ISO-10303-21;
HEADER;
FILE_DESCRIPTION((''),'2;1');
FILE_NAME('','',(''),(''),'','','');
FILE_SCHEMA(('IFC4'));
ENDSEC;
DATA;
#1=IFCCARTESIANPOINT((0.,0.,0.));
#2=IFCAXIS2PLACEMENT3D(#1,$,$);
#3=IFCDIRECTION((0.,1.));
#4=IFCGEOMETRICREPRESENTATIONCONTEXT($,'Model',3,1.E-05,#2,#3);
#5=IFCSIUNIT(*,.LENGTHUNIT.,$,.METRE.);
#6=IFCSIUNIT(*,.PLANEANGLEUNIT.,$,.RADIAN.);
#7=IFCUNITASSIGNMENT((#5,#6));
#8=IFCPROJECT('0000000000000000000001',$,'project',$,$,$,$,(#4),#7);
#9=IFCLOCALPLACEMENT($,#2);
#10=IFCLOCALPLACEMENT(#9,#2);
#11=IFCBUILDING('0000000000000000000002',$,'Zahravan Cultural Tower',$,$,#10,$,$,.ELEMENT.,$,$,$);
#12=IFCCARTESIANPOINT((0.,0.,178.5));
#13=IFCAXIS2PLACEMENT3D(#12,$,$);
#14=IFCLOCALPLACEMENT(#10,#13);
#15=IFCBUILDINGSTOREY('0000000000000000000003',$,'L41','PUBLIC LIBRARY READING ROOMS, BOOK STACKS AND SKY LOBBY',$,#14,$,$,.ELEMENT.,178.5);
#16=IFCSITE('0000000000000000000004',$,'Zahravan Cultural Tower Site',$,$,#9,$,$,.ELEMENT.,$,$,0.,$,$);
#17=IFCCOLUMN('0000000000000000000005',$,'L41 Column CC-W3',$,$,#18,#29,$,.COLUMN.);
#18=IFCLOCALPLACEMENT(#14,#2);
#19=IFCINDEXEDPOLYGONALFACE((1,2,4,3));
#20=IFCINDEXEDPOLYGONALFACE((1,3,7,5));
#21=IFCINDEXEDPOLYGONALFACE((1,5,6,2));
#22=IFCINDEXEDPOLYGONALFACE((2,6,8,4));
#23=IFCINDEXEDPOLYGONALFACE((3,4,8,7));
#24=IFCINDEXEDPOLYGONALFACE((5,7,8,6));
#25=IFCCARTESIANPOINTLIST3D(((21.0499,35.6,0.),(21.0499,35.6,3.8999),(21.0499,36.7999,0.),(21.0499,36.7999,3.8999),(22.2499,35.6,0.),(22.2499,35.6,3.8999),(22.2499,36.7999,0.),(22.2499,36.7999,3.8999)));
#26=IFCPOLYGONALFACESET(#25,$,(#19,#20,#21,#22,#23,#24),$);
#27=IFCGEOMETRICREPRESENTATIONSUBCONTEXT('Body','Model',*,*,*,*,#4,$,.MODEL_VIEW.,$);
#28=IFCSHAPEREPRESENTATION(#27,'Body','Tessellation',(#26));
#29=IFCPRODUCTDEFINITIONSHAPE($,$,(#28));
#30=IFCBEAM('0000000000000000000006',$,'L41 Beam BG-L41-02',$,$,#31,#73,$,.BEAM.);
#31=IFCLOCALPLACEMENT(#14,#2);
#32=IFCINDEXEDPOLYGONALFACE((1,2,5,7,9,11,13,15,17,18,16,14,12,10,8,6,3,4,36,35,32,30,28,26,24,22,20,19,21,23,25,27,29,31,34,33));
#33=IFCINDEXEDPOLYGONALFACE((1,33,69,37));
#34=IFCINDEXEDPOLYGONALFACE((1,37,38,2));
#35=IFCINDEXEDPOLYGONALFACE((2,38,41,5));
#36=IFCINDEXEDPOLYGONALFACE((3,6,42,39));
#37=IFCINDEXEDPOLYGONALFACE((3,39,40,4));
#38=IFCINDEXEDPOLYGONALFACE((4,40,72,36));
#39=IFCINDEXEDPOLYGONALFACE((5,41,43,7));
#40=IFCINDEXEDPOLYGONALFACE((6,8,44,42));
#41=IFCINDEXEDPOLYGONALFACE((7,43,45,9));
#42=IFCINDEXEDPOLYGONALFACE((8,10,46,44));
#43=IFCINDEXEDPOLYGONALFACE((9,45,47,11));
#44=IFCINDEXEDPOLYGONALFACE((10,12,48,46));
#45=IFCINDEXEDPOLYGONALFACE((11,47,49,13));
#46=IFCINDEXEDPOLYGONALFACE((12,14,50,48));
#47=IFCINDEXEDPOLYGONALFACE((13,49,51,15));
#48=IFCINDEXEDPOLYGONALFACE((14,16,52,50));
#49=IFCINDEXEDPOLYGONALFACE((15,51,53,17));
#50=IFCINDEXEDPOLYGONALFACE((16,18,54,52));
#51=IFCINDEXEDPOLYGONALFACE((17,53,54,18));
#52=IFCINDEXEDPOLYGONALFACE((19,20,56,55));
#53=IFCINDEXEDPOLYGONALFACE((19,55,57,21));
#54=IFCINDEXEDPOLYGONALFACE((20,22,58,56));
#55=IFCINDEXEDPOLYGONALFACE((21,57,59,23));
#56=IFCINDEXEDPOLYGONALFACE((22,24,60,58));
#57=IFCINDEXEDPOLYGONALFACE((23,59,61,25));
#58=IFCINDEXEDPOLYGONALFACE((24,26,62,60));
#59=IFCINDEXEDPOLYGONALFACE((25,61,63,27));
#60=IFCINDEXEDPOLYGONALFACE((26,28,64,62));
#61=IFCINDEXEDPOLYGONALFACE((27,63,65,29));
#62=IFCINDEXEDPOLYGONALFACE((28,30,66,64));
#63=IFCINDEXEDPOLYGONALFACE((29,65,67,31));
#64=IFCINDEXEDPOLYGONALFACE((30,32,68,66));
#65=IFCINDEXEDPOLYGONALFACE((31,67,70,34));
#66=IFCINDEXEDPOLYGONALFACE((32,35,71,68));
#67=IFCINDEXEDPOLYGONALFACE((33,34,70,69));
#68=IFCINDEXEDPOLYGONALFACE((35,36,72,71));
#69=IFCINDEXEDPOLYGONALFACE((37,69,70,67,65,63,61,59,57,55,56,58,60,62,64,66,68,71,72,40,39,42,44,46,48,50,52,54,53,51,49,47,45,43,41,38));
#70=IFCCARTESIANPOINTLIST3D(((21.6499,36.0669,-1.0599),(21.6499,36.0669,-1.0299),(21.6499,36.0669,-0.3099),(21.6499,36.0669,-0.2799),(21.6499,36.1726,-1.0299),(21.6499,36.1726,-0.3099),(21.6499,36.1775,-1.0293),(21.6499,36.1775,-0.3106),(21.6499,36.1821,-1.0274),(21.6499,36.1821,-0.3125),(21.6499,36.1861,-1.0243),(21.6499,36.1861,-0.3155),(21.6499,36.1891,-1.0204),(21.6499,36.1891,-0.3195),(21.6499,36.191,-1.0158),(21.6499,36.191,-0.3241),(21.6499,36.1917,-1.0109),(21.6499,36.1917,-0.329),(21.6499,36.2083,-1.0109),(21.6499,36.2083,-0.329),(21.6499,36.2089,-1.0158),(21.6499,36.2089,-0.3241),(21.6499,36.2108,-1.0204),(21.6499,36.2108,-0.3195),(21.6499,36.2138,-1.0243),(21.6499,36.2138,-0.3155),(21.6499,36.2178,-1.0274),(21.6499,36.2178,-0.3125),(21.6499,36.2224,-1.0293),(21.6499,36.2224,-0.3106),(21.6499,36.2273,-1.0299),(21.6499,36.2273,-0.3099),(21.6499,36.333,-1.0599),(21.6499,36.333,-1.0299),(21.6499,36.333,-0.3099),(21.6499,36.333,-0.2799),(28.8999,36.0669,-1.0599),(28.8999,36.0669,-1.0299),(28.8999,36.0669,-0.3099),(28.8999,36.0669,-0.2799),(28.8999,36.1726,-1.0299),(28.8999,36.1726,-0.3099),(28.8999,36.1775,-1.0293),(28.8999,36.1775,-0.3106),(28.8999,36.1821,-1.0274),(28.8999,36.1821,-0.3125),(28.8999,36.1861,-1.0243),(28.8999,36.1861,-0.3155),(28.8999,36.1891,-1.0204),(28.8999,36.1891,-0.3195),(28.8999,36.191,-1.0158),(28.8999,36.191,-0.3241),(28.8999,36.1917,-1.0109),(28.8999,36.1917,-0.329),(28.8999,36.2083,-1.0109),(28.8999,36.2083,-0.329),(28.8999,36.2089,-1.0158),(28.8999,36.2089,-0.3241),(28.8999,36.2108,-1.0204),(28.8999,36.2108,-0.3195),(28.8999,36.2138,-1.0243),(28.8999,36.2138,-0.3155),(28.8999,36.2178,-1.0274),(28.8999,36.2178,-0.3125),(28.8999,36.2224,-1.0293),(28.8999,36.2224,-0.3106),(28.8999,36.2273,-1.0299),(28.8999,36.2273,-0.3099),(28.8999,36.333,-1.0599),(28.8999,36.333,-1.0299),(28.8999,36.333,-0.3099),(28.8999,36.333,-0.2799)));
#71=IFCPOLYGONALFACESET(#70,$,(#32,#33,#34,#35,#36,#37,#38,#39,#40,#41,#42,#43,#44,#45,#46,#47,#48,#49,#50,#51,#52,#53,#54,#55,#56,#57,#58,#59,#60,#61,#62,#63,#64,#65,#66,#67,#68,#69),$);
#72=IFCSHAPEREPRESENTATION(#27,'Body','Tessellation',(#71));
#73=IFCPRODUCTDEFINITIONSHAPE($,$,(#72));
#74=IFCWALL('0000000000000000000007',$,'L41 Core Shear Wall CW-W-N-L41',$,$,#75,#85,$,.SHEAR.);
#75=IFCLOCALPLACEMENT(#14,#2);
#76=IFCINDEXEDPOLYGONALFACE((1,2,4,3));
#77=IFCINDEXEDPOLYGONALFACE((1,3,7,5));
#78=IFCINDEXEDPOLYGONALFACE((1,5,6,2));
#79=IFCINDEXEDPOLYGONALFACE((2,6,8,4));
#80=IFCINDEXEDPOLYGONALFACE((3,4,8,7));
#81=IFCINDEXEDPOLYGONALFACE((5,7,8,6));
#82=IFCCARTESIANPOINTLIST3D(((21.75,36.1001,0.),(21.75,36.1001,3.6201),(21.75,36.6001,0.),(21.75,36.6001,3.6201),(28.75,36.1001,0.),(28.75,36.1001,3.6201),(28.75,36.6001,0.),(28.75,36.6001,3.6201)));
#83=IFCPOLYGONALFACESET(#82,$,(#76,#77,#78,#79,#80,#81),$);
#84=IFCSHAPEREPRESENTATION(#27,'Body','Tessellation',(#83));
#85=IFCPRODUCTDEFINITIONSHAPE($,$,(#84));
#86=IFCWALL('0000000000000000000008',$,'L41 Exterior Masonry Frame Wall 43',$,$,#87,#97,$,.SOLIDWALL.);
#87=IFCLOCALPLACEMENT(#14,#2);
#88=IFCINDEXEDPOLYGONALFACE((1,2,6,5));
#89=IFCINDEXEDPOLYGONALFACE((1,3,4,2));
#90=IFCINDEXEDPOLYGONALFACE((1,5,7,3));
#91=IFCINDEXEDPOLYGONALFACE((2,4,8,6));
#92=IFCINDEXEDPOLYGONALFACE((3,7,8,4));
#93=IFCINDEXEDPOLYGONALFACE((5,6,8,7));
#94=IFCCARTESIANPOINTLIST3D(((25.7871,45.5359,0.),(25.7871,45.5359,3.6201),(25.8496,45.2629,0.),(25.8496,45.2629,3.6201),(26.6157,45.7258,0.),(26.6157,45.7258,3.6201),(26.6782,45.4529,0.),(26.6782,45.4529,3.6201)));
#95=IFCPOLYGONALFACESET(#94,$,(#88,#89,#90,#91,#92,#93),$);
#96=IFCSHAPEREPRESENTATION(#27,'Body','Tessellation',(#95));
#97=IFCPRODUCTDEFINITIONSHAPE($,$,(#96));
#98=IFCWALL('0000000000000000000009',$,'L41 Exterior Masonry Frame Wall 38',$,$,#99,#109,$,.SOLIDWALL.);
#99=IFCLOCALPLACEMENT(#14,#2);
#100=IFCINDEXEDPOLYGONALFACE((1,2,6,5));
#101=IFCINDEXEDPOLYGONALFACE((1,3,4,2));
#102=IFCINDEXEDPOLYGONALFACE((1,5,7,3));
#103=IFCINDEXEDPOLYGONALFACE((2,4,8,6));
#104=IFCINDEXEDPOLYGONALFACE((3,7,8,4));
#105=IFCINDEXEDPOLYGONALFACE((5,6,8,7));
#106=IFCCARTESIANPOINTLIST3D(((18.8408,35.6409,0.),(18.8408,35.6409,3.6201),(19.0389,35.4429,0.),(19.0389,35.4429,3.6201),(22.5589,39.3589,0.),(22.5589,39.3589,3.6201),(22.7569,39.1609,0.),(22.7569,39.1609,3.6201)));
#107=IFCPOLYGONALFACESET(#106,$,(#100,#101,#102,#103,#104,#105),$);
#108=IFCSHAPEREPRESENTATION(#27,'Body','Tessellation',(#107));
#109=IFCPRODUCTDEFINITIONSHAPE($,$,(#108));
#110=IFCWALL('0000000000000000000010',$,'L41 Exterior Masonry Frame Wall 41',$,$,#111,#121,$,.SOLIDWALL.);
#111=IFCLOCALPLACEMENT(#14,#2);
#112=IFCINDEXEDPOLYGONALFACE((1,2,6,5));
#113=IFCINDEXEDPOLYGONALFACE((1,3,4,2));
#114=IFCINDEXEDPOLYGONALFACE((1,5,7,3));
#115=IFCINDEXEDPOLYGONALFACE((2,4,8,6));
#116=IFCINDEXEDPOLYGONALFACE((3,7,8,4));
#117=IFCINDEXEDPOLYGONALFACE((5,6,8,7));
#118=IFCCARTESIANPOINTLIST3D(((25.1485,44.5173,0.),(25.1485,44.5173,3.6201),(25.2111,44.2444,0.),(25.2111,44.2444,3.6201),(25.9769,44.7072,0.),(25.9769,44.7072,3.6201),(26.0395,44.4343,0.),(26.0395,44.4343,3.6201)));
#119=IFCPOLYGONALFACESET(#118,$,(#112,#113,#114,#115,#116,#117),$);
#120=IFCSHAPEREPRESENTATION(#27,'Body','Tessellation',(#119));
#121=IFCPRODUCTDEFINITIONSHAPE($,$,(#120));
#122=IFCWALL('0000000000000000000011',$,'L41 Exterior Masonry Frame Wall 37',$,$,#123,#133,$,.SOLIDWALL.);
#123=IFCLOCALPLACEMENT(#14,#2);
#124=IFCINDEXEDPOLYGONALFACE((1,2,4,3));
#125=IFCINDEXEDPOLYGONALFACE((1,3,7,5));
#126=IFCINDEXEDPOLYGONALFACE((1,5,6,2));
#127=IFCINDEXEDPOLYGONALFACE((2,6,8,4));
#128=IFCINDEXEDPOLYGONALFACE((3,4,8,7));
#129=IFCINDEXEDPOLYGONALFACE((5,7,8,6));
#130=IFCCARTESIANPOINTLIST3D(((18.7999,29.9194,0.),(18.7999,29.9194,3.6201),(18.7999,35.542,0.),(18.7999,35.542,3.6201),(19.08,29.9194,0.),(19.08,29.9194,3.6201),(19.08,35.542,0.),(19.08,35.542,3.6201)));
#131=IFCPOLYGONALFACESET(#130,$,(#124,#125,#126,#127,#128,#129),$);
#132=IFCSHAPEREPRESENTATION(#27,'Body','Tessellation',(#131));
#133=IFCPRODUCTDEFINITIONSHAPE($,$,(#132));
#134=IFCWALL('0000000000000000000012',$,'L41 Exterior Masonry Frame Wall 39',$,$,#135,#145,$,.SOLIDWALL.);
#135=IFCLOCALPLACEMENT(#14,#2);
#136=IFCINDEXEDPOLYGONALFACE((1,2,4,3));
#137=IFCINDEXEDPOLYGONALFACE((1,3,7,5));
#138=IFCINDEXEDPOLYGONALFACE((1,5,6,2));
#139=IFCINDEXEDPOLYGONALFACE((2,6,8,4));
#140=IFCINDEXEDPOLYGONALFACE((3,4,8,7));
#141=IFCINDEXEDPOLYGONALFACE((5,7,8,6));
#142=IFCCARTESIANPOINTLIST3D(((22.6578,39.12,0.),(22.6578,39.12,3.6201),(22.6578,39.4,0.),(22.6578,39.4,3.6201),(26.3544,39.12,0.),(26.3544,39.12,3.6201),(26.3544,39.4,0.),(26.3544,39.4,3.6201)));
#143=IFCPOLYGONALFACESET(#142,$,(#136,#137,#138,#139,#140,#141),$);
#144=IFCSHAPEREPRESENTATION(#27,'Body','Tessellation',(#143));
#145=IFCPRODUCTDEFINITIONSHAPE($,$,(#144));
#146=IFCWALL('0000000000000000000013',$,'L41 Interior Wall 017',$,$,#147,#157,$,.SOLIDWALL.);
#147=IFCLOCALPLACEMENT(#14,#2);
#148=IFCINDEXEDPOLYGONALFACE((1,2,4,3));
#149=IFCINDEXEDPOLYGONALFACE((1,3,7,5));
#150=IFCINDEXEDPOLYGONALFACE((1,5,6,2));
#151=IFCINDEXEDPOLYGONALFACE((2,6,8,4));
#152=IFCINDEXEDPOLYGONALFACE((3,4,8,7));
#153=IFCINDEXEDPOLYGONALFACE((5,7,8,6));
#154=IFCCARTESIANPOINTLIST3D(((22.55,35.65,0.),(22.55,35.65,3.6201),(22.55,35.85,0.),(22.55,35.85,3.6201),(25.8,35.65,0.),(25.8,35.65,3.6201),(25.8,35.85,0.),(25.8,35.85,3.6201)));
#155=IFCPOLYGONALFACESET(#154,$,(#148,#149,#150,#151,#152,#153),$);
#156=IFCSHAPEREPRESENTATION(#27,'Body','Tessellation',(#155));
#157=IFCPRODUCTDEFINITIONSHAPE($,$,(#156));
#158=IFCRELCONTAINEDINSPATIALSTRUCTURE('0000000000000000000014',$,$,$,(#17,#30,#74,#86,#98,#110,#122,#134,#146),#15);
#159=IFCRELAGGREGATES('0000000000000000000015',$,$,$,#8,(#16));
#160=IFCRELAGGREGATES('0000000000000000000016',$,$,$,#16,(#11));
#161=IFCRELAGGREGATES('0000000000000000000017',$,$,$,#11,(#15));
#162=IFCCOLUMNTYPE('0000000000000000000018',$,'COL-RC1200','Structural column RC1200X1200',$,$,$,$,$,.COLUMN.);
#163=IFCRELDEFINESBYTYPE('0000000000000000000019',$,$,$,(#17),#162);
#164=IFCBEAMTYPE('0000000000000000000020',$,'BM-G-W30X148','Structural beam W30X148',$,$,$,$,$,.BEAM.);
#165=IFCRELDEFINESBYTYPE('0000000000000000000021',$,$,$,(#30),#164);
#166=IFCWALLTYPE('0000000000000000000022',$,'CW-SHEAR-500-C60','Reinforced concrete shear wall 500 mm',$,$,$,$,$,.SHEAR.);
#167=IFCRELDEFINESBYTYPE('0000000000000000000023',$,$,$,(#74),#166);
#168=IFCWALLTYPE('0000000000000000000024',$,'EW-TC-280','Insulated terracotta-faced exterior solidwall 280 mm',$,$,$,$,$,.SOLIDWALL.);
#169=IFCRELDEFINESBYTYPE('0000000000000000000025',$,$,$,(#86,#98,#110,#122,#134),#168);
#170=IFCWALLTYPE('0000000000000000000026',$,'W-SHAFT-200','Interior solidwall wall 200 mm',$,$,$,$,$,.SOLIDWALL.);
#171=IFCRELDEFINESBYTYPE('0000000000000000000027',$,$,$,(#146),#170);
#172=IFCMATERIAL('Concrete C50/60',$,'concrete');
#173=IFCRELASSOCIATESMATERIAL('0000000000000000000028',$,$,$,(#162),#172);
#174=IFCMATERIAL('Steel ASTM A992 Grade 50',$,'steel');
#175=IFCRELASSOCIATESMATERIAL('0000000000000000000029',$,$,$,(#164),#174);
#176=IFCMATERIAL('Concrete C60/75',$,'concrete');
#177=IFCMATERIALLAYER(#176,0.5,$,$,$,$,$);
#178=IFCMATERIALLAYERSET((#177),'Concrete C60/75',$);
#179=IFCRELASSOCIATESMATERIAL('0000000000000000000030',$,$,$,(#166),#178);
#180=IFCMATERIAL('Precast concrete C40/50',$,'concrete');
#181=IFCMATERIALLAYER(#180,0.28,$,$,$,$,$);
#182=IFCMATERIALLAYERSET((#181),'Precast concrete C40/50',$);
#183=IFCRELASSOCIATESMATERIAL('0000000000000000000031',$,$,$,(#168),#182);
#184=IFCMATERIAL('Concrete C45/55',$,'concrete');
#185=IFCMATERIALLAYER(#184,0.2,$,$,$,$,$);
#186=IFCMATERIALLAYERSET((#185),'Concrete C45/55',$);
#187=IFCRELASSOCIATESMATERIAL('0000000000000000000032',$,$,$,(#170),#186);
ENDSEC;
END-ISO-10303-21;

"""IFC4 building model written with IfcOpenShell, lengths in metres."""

from ifc_helpers import new_model, si_unit, direction, frame, frame_2d, origin, origin_2d, place, context, subcontext, project, spatial, rectangle, i_section, extrude, source, transform, mapped, material, layer, layer_set, material_profile, profile_set, type_object, element, save


model = new_model("IFC4")

# Units and contexts
model_context = context("Model", 3, precision=1e-05, world=origin(), true_north=direction((0.0, 1.0)))
body_context = subcontext(model_context, "Body", "Model", "MODEL_VIEW")
ifc_project = project(units=[si_unit("LENGTHUNIT", "METRE"), si_unit("PLANEANGLEUNIT", "RADIAN")], contexts=[model_context])

# Site, building, storey
site_placement = place(None, origin())
site = spatial("IfcSite", under=ifc_project, at=site_placement, Name="Zahravan Cultural Tower Site", CompositionType="ELEMENT", RefElevation=0.0)
building_placement = place(site_placement, origin())
building = spatial("IfcBuilding", under=site, at=building_placement, Name="Zahravan Cultural Tower", CompositionType="ELEMENT")
storey_placement = place(building_placement, frame((0.0, 0.0, 178.5)))
storey = spatial("IfcBuildingStorey", under=building, at=storey_placement, Name="L41", Description="PUBLIC LIBRARY READING ROOMS, BOOK STACKS AND SKY LOBBY", CompositionType="ELEMENT", Elevation=178.5)

# Column
ifc_material_1 = material(Name="Concrete C50/60", Category="concrete")
ifc_material_profile_1 = material_profile(ifc_material_1, rectangle(XDim=1.2, YDim=1.2, at=origin_2d()), Name="RC1200X1200")
ifc_profile_set_1 = profile_set([ifc_material_profile_1], Name="Concrete C50/60")
column_type = type_object("IfcColumnType", Name="COL-RC1200", Description="Structural column RC1200X1200", PredefinedType="COLUMN", material=ifc_profile_set_1)
shared_shape_1 = source(origin(), body_context, "Body", "SweptSolid", [
    extrude(rectangle(XDim=1.2, YDim=1.2, at=origin_2d()), origin(), (0.0, 0.0, 1.0), 3.8999),
])
column_placement = place(storey_placement, frame((21.6499, 36.2, 0.0), z_axis=(0.0, 0.0, 1.0), x_axis=(1.0, 0.0, 0.0)))
element("IfcColumn", 1, at=column_placement, inside=storey, type_object=column_type, Name="L41 Column CC-W3", PredefinedType="COLUMN", context=body_context, shape_type="MappedRepresentation", body=[
    mapped(shared_shape_1, transform((0.0, 0.0, 0.0), x_axis=(1.0, 0.0, 0.0), y_axis=(0.0, 1.0, 0.0), z_axis=(0.0, 0.0, 1.0), scale=1.0)),
])

# Beam
ifc_material_2 = material(Name="Steel ASTM A992 Grade 50", Category="steel")
ifc_material_profile_2 = material_profile(ifc_material_2, i_section(OverallWidth=0.2661, OverallDepth=0.78, WebThickness=0.0166, FlangeThickness=0.03, FilletRadius=0.019, at=origin_2d()), Name="W30X148")
ifc_profile_set_2 = profile_set([ifc_material_profile_2], Name="Steel ASTM A992 Grade 50")
beam_type = type_object("IfcBeamType", Name="BM-G-W30X148", Description="Structural beam W30X148", PredefinedType="BEAM", material=ifc_profile_set_2)
shared_shape_2 = source(origin(), body_context, "Body", "SweptSolid", [
    extrude(i_section(OverallWidth=0.2661, OverallDepth=0.78, WebThickness=0.0166, FlangeThickness=0.03, FilletRadius=0.019, at=origin_2d()), origin(), (0.0, 0.0, 1.0), 7.25),
])
beam_placement = place(storey_placement, frame((21.6499, 36.2, -0.6699), z_axis=(1.0, 0.0, 0.0), x_axis=(0.0, 1.0, 0.0)))
element("IfcBeam", 2, at=beam_placement, inside=storey, type_object=beam_type, Name="L41 Beam BG-L41-02", PredefinedType="BEAM", context=body_context, shape_type="MappedRepresentation", body=[
    mapped(shared_shape_2, transform((0.0, 0.0, 0.0), x_axis=(1.0, 0.0, 0.0), y_axis=(0.0, 1.0, 0.0), z_axis=(0.0, 0.0, 1.0), scale=1.0)),
])

# Walls
ifc_material_3 = material(Name="Concrete C60/75", Category="concrete")
ifc_layer_1 = layer(ifc_material_3, 0.5)
ifc_layer_set_1 = layer_set([ifc_layer_1], Name="Concrete C60/75")
wall_type_1 = type_object("IfcWallType", Name="CW-SHEAR-500-C60", Description="Reinforced concrete shear wall 500 mm", PredefinedType="SHEAR", material=ifc_layer_set_1)
shared_shape_3 = source(origin(), body_context, "Body", "SweptSolid", [
    extrude(rectangle(XDim=7.0, YDim=0.5, at=frame_2d((3.5, 0.0))), origin(), (0.0, 0.0, 1.0), 3.6201),
])
wall_1_placement = place(storey_placement, frame((21.75, 36.3501, 0.0), z_axis=(0.0, 0.0, 1.0), x_axis=(1.0, 0.0, 0.0)))
element("IfcWall", 3, at=wall_1_placement, inside=storey, type_object=wall_type_1, Name="L41 Core Shear Wall CW-W-N-L41", PredefinedType="SHEAR", context=body_context, shape_type="MappedRepresentation", body=[
    mapped(shared_shape_3, transform((0.0, 0.0, 0.0), x_axis=(1.0, 0.0, 0.0), y_axis=(0.0, 1.0, 0.0), z_axis=(0.0, 0.0, 1.0), scale=1.0)),
])
ifc_material_4 = material(Name="Precast concrete C40/50", Category="concrete")
ifc_layer_2 = layer(ifc_material_4, 0.28)
ifc_layer_set_2 = layer_set([ifc_layer_2], Name="Precast concrete C40/50")
wall_type_2 = type_object("IfcWallType", Name="EW-TC-280", Description="Insulated terracotta-faced exterior solidwall 280 mm", PredefinedType="SOLIDWALL", material=ifc_layer_set_2)
shared_shape_4 = source(origin(), body_context, "Body", "SweptSolid", [
    extrude(rectangle(XDim=0.8501, YDim=0.28, at=frame_2d((0.425, 0.0))), origin(), (0.0, 0.0, 1.0), 3.6201),
])
wall_2_placement = place(storey_placement, frame((25.8184, 45.3994, 0.0), z_axis=(0.0, 0.0, 1.0), x_axis=(0.974719, 0.223433, 0.0)))
element("IfcWall", 4, at=wall_2_placement, inside=storey, type_object=wall_type_2, Name="L41 Exterior Masonry Frame Wall 43", PredefinedType="SOLIDWALL", context=body_context, shape_type="MappedRepresentation", body=[
    mapped(shared_shape_4, transform((0.0, 0.0, 0.0), x_axis=(1.0, 0.0, 0.0), y_axis=(0.0, 1.0, 0.0), z_axis=(0.0, 0.0, 1.0), scale=1.0)),
])
shared_shape_5 = source(origin(), body_context, "Body", "SweptSolid", [
    extrude(rectangle(XDim=5.2581, YDim=0.28, at=frame_2d((2.6289, 0.0))), origin(), (0.0, 0.0, 1.0), 3.6201),
])
wall_3_placement = place(storey_placement, frame((18.9399, 35.542, 0.0), z_axis=(0.0, 0.0, 1.0), x_axis=(0.707107, 0.707107, 0.0)))
element("IfcWall", 5, at=wall_3_placement, inside=storey, type_object=wall_type_2, Name="L41 Exterior Masonry Frame Wall 38", PredefinedType="SOLIDWALL", context=body_context, shape_type="MappedRepresentation", body=[
    mapped(shared_shape_5, transform((0.0, 0.0, 0.0), x_axis=(1.0, 0.0, 0.0), y_axis=(0.0, 1.0, 0.0), z_axis=(0.0, 0.0, 1.0), scale=1.0)),
])
shared_shape_6 = source(origin(), body_context, "Body", "SweptSolid", [
    extrude(rectangle(XDim=0.8499, YDim=0.28, at=frame_2d((0.4248, 0.0))), origin(), (0.0, 0.0, 1.0), 3.6201),
])
wall_4_placement = place(storey_placement, frame((25.1799, 44.3809, 0.0), z_axis=(0.0, 0.0, 1.0), x_axis=(0.974705, 0.223496, 0.0)))
element("IfcWall", 6, at=wall_4_placement, inside=storey, type_object=wall_type_2, Name="L41 Exterior Masonry Frame Wall 41", PredefinedType="SOLIDWALL", context=body_context, shape_type="MappedRepresentation", body=[
    mapped(shared_shape_6, transform((0.0, 0.0, 0.0), x_axis=(1.0, 0.0, 0.0), y_axis=(0.0, 1.0, 0.0), z_axis=(0.0, 0.0, 1.0), scale=1.0)),
])
shared_shape_7 = source(origin(), body_context, "Body", "SweptSolid", [
    extrude(rectangle(XDim=5.6226, YDim=0.28, at=frame_2d((2.8113, 0.0))), origin(), (0.0, 0.0, 1.0), 3.6201),
])
wall_5_placement = place(storey_placement, frame((18.9399, 29.9194, 0.0), z_axis=(0.0, 0.0, 1.0), x_axis=(0.0, 1.0, 0.0)))
element("IfcWall", 7, at=wall_5_placement, inside=storey, type_object=wall_type_2, Name="L41 Exterior Masonry Frame Wall 37", PredefinedType="SOLIDWALL", context=body_context, shape_type="MappedRepresentation", body=[
    mapped(shared_shape_7, transform((0.0, 0.0, 0.0), x_axis=(1.0, 0.0, 0.0), y_axis=(0.0, 1.0, 0.0), z_axis=(0.0, 0.0, 1.0), scale=1.0)),
])
shared_shape_8 = source(origin(), body_context, "Body", "SweptSolid", [
    extrude(rectangle(XDim=3.6965, YDim=0.28, at=frame_2d((1.8481, 0.0))), origin(), (0.0, 0.0, 1.0), 3.6201),
])
wall_6_placement = place(storey_placement, frame((22.658, 39.26, 0.0), z_axis=(0.0, 0.0, 1.0), x_axis=(1.0, 0.0, 0.0)))
element("IfcWall", 8, at=wall_6_placement, inside=storey, type_object=wall_type_2, Name="L41 Exterior Masonry Frame Wall 39", PredefinedType="SOLIDWALL", context=body_context, shape_type="MappedRepresentation", body=[
    mapped(shared_shape_8, transform((0.0, 0.0, 0.0), x_axis=(1.0, 0.0, 0.0), y_axis=(0.0, 1.0, 0.0), z_axis=(0.0, 0.0, 1.0), scale=1.0)),
])
ifc_material_5 = material(Name="Concrete C45/55", Category="concrete")
ifc_layer_3 = layer(ifc_material_5, 0.2)
ifc_layer_set_3 = layer_set([ifc_layer_3], Name="Concrete C45/55")
wall_type_3 = type_object("IfcWallType", Name="W-SHAFT-200", Description="Interior solidwall wall 200 mm", PredefinedType="SOLIDWALL", material=ifc_layer_set_3)
shared_shape_9 = source(origin(), body_context, "Body", "SweptSolid", [
    extrude(rectangle(XDim=3.25, YDim=0.2, at=frame_2d((1.625, 0.0))), origin(), (0.0, 0.0, 1.0), 3.6201),
])
wall_7_placement = place(storey_placement, frame((22.55, 35.75, 0.0), z_axis=(0.0, 0.0, 1.0), x_axis=(1.0, 0.0, 0.0)))
element("IfcWall", 9, at=wall_7_placement, inside=storey, type_object=wall_type_3, Name="L41 Interior Wall 017", PredefinedType="SOLIDWALL", context=body_context, shape_type="MappedRepresentation", body=[
    mapped(shared_shape_9, transform((0.0, 0.0, 0.0), x_axis=(1.0, 0.0, 0.0), y_axis=(0.0, 1.0, 0.0), z_axis=(0.0, 0.0, 1.0), scale=1.0)),
])

save(model, "model.ifc")
